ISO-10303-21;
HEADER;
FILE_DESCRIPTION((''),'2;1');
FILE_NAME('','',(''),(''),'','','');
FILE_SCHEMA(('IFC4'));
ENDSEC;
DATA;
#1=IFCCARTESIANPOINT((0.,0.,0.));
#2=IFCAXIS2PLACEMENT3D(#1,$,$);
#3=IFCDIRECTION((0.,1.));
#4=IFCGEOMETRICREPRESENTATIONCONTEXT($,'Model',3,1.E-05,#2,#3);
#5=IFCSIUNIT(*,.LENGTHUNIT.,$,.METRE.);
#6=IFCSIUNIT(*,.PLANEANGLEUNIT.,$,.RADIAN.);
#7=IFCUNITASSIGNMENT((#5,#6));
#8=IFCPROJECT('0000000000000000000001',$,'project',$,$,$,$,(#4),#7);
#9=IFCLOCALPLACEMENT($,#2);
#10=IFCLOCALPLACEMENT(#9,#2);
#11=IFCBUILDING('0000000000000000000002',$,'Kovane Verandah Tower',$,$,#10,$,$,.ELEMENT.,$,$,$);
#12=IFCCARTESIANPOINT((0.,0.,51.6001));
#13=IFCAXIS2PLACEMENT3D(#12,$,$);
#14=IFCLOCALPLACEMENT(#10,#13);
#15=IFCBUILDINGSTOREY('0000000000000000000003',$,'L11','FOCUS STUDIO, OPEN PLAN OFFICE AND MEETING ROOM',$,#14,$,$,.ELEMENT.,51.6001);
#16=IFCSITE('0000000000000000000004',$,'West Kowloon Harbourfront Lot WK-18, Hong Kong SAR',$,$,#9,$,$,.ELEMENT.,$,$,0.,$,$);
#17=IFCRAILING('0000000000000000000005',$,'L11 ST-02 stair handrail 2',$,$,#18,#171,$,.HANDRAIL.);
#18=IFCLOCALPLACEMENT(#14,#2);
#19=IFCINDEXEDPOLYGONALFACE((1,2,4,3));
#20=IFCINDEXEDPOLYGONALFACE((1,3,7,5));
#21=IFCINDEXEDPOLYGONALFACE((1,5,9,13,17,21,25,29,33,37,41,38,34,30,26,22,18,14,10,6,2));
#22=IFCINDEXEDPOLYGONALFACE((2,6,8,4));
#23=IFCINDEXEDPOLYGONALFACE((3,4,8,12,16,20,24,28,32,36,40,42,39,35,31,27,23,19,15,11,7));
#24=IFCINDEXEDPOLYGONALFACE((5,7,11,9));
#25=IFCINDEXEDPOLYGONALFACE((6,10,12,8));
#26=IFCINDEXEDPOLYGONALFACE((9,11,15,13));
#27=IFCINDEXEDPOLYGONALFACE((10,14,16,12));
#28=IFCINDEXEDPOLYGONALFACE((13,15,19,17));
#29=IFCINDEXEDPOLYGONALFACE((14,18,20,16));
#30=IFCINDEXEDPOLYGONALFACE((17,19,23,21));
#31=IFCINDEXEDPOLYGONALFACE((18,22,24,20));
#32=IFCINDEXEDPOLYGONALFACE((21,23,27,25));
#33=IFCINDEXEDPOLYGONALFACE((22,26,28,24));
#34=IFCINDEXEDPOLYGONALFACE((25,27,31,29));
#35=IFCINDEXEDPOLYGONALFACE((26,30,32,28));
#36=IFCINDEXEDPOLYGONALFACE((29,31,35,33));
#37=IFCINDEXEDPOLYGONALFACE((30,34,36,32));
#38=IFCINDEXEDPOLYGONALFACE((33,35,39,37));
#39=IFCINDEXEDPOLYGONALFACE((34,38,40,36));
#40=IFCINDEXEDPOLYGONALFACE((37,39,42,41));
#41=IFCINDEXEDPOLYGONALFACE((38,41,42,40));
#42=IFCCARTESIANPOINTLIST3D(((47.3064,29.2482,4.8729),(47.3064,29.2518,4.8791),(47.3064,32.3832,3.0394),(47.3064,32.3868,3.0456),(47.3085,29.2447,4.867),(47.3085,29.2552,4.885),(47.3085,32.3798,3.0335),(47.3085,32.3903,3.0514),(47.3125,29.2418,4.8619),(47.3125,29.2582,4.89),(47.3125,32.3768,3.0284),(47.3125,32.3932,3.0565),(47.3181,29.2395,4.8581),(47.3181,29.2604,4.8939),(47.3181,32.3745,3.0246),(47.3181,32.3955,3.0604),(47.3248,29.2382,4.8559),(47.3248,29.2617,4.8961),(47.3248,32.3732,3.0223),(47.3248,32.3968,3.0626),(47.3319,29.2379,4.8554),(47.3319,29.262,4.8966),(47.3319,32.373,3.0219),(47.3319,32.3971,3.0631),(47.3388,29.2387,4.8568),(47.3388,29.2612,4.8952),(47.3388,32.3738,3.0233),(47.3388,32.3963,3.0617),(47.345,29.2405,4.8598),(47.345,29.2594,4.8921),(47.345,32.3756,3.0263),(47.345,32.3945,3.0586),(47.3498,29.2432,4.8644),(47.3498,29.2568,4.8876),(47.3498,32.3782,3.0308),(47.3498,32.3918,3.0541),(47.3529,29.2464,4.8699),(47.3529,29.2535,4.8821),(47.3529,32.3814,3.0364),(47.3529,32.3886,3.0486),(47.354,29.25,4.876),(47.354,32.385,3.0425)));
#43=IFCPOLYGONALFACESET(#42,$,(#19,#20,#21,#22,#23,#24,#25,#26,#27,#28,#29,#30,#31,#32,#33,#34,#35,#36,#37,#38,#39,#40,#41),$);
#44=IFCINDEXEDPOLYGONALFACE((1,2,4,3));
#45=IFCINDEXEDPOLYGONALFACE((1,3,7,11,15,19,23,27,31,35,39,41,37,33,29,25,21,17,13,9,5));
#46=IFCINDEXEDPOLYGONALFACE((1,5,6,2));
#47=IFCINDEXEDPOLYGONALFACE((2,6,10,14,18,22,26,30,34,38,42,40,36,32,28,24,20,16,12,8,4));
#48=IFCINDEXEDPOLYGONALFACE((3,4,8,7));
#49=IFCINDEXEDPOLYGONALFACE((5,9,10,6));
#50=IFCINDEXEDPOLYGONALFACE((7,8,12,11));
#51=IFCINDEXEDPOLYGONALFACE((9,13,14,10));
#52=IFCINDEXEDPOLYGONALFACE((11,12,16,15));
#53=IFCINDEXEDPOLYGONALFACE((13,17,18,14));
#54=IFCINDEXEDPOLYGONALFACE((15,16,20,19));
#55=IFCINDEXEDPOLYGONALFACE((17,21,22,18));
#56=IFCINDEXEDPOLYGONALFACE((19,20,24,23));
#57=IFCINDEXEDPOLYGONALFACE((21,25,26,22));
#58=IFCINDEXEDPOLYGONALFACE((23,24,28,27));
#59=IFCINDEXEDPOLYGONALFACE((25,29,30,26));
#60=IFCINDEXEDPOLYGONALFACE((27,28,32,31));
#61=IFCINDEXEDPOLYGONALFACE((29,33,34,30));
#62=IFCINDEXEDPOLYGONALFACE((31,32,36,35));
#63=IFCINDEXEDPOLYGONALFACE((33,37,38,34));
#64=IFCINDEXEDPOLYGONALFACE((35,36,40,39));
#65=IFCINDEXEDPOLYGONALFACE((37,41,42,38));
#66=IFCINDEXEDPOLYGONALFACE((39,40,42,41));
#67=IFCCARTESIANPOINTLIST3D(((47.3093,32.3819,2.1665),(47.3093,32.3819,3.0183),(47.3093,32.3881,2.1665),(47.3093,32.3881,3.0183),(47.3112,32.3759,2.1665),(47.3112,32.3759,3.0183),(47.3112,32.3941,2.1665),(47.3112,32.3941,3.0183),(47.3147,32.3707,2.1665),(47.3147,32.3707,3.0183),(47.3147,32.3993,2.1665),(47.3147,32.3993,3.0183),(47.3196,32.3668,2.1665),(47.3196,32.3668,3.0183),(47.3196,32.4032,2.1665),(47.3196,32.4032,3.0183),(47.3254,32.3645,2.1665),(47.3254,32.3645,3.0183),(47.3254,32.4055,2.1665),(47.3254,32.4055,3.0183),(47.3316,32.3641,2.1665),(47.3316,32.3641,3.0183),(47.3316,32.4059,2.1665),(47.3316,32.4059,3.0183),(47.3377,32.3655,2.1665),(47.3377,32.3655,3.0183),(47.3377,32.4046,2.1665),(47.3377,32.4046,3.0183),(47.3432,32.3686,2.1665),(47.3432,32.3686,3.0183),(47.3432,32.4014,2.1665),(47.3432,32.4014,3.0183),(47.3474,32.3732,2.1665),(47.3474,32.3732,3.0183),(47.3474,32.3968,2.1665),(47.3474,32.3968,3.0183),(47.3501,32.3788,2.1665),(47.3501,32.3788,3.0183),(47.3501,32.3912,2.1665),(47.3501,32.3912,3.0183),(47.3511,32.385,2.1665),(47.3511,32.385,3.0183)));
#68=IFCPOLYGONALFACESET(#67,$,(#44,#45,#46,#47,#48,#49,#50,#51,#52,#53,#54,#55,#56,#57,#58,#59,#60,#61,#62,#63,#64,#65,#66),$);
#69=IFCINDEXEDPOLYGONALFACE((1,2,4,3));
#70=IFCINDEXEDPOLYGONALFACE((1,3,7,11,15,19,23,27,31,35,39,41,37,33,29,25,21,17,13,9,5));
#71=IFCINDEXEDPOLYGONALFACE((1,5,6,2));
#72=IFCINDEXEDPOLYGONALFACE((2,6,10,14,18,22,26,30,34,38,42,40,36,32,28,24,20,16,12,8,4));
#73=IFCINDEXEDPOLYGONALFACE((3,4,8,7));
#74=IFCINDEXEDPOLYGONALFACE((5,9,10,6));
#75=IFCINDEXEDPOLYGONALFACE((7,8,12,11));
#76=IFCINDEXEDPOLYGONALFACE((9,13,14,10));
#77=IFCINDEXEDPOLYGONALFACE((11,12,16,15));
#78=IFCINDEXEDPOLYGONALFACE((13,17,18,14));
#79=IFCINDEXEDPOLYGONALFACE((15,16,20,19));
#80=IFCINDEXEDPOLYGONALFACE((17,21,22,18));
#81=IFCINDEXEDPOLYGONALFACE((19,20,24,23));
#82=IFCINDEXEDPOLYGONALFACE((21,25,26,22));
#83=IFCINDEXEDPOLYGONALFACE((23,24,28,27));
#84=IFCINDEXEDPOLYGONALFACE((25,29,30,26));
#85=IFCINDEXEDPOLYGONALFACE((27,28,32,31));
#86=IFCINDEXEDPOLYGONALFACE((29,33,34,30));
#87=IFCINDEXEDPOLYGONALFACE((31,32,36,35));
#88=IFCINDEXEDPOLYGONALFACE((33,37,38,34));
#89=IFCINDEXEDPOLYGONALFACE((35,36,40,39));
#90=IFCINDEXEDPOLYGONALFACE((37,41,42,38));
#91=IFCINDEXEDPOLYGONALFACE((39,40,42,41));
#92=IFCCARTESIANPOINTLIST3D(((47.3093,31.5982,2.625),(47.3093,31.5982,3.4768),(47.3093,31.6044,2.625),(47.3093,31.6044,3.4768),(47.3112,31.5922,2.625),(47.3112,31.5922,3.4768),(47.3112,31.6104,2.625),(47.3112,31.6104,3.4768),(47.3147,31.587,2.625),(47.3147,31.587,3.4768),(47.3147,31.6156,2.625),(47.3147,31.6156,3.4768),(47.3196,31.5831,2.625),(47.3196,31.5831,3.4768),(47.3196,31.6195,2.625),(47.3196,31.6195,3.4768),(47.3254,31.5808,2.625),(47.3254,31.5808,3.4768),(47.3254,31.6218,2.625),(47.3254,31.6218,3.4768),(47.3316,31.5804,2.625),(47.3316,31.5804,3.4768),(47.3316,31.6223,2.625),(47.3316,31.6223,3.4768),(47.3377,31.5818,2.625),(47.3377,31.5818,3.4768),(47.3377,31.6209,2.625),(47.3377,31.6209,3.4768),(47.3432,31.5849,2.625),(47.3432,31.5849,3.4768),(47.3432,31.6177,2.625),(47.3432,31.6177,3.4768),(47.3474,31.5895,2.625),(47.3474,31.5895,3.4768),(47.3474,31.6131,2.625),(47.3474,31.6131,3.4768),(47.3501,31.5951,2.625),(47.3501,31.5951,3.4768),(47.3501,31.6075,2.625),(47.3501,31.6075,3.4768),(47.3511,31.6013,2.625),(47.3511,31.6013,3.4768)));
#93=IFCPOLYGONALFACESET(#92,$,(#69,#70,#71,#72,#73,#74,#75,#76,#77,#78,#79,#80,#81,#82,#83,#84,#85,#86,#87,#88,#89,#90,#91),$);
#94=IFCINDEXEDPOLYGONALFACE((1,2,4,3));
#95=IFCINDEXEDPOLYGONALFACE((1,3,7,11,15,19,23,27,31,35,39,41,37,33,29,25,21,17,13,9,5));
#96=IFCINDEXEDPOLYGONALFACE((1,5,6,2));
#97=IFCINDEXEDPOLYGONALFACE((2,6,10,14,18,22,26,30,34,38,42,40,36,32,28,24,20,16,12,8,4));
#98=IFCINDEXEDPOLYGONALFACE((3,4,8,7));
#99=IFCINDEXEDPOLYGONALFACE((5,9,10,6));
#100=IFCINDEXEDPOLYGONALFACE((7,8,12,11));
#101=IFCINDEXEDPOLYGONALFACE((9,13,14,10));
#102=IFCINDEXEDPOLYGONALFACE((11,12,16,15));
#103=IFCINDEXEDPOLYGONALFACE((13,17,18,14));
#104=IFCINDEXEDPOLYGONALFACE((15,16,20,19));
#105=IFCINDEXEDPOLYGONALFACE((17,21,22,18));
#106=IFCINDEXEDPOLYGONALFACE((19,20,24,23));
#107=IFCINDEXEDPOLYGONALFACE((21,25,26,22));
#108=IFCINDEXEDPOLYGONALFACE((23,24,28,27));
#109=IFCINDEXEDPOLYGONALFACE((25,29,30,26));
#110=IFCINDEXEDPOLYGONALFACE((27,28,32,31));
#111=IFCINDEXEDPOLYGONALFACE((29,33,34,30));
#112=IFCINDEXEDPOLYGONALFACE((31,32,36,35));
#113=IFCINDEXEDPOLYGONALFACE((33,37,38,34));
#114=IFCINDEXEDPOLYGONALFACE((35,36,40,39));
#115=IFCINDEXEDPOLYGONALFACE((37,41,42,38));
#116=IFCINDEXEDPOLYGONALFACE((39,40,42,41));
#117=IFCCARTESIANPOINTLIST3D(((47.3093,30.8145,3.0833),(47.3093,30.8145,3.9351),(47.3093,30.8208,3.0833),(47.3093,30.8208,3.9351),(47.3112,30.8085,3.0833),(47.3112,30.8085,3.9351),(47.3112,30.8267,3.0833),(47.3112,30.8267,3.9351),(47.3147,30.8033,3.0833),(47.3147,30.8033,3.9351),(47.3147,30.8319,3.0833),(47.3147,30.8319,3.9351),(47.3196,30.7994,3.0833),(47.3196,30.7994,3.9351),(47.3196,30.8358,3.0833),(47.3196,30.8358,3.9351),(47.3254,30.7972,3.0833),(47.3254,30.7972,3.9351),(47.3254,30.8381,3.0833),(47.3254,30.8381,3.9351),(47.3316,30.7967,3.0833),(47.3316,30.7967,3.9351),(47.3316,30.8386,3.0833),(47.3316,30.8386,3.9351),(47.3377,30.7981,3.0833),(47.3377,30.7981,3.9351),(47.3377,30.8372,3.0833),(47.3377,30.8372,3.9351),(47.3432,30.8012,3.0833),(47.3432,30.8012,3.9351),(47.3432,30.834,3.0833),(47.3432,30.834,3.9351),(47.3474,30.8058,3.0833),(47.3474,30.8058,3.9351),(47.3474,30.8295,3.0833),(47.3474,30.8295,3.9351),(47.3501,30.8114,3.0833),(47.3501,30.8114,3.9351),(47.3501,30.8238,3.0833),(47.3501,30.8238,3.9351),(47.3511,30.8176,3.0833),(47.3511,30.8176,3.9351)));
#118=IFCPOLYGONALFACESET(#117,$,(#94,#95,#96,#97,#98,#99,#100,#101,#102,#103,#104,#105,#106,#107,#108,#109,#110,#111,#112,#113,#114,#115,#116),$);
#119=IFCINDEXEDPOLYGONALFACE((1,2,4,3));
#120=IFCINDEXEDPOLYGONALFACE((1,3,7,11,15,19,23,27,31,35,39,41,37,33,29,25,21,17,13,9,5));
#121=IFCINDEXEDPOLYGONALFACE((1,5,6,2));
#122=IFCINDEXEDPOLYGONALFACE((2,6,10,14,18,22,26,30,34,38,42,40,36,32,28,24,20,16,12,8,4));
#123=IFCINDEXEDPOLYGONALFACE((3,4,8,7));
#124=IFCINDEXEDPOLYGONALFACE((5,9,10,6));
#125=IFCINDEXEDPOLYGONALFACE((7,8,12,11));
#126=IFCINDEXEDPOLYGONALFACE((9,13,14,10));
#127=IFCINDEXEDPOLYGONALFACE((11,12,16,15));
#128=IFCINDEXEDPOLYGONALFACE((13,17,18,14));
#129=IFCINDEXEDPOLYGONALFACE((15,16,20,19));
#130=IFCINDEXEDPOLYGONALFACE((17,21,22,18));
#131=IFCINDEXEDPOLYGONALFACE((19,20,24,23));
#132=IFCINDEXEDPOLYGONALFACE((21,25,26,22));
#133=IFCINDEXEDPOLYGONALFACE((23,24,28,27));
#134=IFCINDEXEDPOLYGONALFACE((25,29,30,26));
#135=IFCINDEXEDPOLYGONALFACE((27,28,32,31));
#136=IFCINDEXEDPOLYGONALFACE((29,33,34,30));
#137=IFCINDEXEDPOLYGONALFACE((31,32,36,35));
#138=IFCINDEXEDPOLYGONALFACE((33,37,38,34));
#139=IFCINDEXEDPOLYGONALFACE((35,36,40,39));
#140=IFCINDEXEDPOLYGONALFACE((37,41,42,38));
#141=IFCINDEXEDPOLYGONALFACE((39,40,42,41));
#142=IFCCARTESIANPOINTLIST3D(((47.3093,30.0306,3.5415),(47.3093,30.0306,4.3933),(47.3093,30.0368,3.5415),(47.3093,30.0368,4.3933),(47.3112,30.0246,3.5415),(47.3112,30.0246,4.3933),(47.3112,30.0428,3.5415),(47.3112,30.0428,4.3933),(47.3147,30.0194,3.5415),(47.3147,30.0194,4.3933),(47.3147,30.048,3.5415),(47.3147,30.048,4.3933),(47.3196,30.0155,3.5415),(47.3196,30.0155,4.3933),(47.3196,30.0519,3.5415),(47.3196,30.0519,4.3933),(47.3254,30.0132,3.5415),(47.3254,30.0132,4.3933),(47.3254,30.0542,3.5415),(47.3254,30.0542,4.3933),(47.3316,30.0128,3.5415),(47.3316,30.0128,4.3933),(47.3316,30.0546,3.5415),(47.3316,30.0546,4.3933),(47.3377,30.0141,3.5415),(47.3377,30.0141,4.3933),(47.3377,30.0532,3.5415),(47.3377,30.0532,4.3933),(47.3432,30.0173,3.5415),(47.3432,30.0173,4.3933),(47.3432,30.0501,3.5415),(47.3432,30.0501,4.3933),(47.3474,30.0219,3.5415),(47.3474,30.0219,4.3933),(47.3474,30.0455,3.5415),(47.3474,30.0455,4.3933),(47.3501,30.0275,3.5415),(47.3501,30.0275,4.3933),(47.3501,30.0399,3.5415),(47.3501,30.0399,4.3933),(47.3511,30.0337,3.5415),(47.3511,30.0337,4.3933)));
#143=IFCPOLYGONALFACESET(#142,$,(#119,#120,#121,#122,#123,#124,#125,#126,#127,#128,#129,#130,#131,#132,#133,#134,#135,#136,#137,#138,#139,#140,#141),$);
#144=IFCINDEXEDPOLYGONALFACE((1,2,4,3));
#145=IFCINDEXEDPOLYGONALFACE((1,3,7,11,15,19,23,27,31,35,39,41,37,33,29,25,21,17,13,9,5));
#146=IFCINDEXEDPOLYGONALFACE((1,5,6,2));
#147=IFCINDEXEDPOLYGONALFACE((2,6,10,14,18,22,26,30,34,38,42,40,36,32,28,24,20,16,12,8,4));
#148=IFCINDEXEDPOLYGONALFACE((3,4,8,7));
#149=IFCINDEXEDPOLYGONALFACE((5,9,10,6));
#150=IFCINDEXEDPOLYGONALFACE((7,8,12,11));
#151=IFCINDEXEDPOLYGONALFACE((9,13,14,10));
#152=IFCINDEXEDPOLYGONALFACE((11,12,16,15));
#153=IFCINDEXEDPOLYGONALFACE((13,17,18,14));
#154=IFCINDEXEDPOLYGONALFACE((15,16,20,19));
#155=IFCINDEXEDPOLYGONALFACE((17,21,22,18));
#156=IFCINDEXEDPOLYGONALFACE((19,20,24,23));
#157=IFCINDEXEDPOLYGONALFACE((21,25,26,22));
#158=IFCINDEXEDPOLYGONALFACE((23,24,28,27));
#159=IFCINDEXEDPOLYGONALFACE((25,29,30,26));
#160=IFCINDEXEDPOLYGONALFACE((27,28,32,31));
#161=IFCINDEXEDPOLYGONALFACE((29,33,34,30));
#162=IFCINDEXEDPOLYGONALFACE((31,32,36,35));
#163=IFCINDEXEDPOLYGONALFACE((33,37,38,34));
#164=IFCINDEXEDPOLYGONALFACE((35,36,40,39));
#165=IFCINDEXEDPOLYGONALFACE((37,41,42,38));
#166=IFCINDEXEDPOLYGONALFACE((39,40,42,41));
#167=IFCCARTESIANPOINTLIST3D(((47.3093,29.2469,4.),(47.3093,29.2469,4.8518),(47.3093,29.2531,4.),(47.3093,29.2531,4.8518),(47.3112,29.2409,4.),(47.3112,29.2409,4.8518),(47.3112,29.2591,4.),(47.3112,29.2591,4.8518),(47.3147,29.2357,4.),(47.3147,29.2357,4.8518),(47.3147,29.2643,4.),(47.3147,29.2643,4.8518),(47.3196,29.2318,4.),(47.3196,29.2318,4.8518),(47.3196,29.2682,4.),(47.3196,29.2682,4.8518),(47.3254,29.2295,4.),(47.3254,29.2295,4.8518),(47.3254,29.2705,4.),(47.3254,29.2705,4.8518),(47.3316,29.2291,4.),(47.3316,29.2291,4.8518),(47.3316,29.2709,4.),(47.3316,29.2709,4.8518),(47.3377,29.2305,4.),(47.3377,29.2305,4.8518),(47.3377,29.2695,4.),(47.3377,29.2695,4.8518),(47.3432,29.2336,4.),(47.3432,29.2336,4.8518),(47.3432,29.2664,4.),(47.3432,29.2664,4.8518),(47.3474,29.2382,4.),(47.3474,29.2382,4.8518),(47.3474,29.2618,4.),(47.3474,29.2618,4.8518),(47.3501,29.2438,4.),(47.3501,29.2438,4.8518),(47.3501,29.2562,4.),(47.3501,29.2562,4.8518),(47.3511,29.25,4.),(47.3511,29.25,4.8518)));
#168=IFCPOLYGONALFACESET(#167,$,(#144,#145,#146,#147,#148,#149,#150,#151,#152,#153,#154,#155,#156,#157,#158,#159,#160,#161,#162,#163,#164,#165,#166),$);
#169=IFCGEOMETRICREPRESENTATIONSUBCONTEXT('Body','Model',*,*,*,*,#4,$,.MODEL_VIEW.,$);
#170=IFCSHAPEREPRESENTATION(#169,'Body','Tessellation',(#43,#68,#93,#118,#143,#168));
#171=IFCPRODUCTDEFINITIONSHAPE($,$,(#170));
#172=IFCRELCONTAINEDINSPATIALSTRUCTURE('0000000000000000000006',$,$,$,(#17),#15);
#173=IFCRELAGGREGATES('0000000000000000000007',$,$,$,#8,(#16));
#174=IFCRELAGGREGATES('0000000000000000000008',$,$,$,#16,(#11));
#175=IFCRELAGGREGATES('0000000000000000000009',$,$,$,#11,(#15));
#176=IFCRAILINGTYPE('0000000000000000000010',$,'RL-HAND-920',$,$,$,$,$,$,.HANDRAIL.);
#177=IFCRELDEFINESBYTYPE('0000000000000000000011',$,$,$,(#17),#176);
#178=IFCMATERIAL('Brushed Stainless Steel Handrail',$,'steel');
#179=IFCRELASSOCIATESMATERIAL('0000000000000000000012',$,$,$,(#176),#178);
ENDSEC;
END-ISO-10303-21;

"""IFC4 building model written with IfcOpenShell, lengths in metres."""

from ifc_helpers import new_model, si_unit, direction, frame, origin, origin_2d, place, context, subcontext, project, spatial, circle, extrude, material, type_object, element, save


model = new_model("IFC4")

# Units and contexts
model_context = context("Model", 3, precision=1e-05, world=origin(), true_north=direction((0.0, 1.0)))
body_context = subcontext(model_context, "Body", "Model", "MODEL_VIEW")
ifc_project = project(units=[si_unit("LENGTHUNIT", "METRE"), si_unit("PLANEANGLEUNIT", "RADIAN")], contexts=[model_context])

# Site, building, storey
site_placement = place(None, origin())
site = spatial("IfcSite", under=ifc_project, at=site_placement, Name="West Kowloon Harbourfront Lot WK-18, Hong Kong SAR", CompositionType="ELEMENT", RefElevation=0.0)
building_placement = place(site_placement, origin())
building = spatial("IfcBuilding", under=site, at=building_placement, Name="Kovane Verandah Tower", CompositionType="ELEMENT")
storey_placement = place(building_placement, frame((0.0, 0.0, 51.6001)))
storey = spatial("IfcBuildingStorey", under=building, at=storey_placement, Name="L11", Description="FOCUS STUDIO, OPEN PLAN OFFICE AND MEETING ROOM", CompositionType="ELEMENT", Elevation=51.6001)

# Railing
ifc_material_1 = material(Name="Brushed Stainless Steel Handrail", Category="steel")
railing_type_1 = type_object("IfcRailingType", Name="RL-HAND-920", PredefinedType="HANDRAIL", material=ifc_material_1)
railing_1_placement = place(storey_placement, frame((47.3301, 32.385, 2.1665)))
element("IfcRailing", 1, at=railing_1_placement, inside=storey, type_object=railing_type_1, Name="L11 ST-02 stair handrail 2", PredefinedType="HANDRAIL", context=body_context, shape_type="SweptSolid", body=[
    extrude(circle(Radius=0.0239, at=origin_2d()), frame((0.0, 0.0, 0.876), z_axis=(0.0, -0.86321, 0.504845), x_axis=(1.0, 0.0, 0.0)), (0.0, 0.0, 1.0), 3.6318),
    extrude(circle(Radius=0.021, at=origin_2d()), origin(), (0.0, 0.0, 1.0), 0.8518),
    extrude(circle(Radius=0.021, at=origin_2d()), frame((0.0, -0.7837, 0.4585)), (0.0, 0.0, 1.0), 0.8518),
    extrude(circle(Radius=0.021, at=origin_2d()), frame((0.0, -1.5674, 0.9167)), (0.0, 0.0, 1.0), 0.8518),
    extrude(circle(Radius=0.021, at=origin_2d()), frame((0.0, -2.3513, 1.375)), (0.0, 0.0, 1.0), 0.8518),
    extrude(circle(Radius=0.021, at=origin_2d()), frame((0.0, -3.135, 1.8335)), (0.0, 0.0, 1.0), 0.8518),
])

save(model, "model.ifc")
